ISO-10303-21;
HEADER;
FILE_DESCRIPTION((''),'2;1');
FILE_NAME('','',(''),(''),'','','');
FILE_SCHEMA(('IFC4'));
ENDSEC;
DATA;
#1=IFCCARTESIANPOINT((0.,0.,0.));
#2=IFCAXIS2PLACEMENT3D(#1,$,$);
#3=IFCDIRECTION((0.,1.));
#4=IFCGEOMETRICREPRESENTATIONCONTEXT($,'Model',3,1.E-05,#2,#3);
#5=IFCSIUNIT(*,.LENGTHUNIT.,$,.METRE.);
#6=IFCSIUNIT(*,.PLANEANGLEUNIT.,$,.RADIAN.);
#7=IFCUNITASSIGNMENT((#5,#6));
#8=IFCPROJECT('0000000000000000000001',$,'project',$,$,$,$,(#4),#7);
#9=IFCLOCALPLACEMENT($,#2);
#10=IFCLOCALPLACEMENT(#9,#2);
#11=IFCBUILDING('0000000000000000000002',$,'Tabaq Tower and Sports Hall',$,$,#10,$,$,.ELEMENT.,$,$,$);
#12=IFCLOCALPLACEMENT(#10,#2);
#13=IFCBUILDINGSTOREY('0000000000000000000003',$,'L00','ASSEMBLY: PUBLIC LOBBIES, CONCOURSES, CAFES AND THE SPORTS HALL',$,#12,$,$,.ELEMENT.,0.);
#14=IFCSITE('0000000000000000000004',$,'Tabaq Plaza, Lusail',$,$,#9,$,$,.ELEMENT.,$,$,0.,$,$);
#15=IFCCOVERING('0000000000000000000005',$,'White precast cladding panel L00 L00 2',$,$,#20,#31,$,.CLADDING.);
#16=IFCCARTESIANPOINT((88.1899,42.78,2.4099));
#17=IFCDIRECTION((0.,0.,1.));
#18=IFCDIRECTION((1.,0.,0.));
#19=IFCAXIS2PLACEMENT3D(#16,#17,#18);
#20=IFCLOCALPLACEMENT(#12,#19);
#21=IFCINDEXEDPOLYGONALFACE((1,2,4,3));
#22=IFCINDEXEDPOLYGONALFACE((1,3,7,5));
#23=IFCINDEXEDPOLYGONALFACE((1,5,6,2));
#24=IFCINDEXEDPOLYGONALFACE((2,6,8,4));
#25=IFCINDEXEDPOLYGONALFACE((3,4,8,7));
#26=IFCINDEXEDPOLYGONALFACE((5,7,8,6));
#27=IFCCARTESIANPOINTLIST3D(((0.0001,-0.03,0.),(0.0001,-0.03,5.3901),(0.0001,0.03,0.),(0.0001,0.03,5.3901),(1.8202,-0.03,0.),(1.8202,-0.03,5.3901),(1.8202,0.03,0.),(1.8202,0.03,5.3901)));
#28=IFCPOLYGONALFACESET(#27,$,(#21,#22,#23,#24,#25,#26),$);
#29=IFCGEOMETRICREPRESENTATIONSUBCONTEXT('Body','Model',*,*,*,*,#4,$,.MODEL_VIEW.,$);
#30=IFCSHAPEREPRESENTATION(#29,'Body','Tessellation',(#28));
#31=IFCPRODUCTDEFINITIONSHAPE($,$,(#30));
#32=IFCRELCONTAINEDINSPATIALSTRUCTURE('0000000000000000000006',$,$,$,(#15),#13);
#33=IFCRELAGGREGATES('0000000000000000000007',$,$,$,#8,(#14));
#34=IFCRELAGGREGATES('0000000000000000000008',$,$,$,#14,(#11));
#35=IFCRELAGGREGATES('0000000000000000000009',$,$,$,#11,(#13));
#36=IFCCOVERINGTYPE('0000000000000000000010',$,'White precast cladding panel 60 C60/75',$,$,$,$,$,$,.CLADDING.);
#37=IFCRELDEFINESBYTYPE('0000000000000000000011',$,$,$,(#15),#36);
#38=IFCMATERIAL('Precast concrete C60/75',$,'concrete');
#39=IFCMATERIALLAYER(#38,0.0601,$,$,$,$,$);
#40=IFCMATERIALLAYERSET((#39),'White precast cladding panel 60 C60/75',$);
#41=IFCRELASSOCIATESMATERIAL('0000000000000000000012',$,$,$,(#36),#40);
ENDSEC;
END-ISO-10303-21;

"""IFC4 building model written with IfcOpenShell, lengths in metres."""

from ifc_helpers import new_model, si_unit, direction, frame, frame_2d, origin, place, context, subcontext, project, spatial, rectangle, extrude, material, layer, layer_set, type_object, element, save


model = new_model("IFC4")

# Units and contexts
model_context = context("Model", 3, precision=1e-05, world=origin(), true_north=direction((0.0, 1.0)))
body_context = subcontext(model_context, "Body", "Model", "MODEL_VIEW")
ifc_project = project(units=[si_unit("LENGTHUNIT", "METRE"), si_unit("PLANEANGLEUNIT", "RADIAN")], contexts=[model_context])

# Site, building, storey
site_placement = place(None, origin())
site = spatial("IfcSite", under=ifc_project, at=site_placement, Name="Tabaq Plaza, Lusail", CompositionType="ELEMENT", RefElevation=0.0)
building_placement = place(site_placement, origin())
building = spatial("IfcBuilding", under=site, at=building_placement, Name="Tabaq Tower and Sports Hall", CompositionType="ELEMENT")
storey_placement = place(building_placement, origin())
storey = spatial("IfcBuildingStorey", under=building, at=storey_placement, Name="L00", Description="ASSEMBLY: PUBLIC LOBBIES, CONCOURSES, CAFES AND THE SPORTS HALL", CompositionType="ELEMENT", Elevation=0.0)

# Covering
ifc_material_1 = material(Name="Precast concrete C60/75", Category="concrete")
ifc_layer_1 = layer(ifc_material_1, 0.0601)
ifc_layer_set_1 = layer_set([ifc_layer_1], Name="White precast cladding panel 60 C60/75")
covering_type = type_object("IfcCoveringType", Name="White precast cladding panel 60 C60/75", PredefinedType="CLADDING", material=ifc_layer_set_1)
covering_1_placement = place(storey_placement, frame((88.1899, 42.78, 2.4099), z_axis=(0.0, 0.0, 1.0), x_axis=(1.0, 0.0, 0.0)))
element("IfcCovering", 1, at=covering_1_placement, inside=storey, type_object=covering_type, Name="White precast cladding panel L00 L00 2", PredefinedType="CLADDING", context=body_context, shape_type="SweptSolid", body=[
    extrude(rectangle(XDim=1.8201, YDim=0.0601, at=frame_2d((0.9102, 0.0))), origin(), (0.0, 0.0, 1.0), 5.3901),
])

save(model, "model.ifc")
